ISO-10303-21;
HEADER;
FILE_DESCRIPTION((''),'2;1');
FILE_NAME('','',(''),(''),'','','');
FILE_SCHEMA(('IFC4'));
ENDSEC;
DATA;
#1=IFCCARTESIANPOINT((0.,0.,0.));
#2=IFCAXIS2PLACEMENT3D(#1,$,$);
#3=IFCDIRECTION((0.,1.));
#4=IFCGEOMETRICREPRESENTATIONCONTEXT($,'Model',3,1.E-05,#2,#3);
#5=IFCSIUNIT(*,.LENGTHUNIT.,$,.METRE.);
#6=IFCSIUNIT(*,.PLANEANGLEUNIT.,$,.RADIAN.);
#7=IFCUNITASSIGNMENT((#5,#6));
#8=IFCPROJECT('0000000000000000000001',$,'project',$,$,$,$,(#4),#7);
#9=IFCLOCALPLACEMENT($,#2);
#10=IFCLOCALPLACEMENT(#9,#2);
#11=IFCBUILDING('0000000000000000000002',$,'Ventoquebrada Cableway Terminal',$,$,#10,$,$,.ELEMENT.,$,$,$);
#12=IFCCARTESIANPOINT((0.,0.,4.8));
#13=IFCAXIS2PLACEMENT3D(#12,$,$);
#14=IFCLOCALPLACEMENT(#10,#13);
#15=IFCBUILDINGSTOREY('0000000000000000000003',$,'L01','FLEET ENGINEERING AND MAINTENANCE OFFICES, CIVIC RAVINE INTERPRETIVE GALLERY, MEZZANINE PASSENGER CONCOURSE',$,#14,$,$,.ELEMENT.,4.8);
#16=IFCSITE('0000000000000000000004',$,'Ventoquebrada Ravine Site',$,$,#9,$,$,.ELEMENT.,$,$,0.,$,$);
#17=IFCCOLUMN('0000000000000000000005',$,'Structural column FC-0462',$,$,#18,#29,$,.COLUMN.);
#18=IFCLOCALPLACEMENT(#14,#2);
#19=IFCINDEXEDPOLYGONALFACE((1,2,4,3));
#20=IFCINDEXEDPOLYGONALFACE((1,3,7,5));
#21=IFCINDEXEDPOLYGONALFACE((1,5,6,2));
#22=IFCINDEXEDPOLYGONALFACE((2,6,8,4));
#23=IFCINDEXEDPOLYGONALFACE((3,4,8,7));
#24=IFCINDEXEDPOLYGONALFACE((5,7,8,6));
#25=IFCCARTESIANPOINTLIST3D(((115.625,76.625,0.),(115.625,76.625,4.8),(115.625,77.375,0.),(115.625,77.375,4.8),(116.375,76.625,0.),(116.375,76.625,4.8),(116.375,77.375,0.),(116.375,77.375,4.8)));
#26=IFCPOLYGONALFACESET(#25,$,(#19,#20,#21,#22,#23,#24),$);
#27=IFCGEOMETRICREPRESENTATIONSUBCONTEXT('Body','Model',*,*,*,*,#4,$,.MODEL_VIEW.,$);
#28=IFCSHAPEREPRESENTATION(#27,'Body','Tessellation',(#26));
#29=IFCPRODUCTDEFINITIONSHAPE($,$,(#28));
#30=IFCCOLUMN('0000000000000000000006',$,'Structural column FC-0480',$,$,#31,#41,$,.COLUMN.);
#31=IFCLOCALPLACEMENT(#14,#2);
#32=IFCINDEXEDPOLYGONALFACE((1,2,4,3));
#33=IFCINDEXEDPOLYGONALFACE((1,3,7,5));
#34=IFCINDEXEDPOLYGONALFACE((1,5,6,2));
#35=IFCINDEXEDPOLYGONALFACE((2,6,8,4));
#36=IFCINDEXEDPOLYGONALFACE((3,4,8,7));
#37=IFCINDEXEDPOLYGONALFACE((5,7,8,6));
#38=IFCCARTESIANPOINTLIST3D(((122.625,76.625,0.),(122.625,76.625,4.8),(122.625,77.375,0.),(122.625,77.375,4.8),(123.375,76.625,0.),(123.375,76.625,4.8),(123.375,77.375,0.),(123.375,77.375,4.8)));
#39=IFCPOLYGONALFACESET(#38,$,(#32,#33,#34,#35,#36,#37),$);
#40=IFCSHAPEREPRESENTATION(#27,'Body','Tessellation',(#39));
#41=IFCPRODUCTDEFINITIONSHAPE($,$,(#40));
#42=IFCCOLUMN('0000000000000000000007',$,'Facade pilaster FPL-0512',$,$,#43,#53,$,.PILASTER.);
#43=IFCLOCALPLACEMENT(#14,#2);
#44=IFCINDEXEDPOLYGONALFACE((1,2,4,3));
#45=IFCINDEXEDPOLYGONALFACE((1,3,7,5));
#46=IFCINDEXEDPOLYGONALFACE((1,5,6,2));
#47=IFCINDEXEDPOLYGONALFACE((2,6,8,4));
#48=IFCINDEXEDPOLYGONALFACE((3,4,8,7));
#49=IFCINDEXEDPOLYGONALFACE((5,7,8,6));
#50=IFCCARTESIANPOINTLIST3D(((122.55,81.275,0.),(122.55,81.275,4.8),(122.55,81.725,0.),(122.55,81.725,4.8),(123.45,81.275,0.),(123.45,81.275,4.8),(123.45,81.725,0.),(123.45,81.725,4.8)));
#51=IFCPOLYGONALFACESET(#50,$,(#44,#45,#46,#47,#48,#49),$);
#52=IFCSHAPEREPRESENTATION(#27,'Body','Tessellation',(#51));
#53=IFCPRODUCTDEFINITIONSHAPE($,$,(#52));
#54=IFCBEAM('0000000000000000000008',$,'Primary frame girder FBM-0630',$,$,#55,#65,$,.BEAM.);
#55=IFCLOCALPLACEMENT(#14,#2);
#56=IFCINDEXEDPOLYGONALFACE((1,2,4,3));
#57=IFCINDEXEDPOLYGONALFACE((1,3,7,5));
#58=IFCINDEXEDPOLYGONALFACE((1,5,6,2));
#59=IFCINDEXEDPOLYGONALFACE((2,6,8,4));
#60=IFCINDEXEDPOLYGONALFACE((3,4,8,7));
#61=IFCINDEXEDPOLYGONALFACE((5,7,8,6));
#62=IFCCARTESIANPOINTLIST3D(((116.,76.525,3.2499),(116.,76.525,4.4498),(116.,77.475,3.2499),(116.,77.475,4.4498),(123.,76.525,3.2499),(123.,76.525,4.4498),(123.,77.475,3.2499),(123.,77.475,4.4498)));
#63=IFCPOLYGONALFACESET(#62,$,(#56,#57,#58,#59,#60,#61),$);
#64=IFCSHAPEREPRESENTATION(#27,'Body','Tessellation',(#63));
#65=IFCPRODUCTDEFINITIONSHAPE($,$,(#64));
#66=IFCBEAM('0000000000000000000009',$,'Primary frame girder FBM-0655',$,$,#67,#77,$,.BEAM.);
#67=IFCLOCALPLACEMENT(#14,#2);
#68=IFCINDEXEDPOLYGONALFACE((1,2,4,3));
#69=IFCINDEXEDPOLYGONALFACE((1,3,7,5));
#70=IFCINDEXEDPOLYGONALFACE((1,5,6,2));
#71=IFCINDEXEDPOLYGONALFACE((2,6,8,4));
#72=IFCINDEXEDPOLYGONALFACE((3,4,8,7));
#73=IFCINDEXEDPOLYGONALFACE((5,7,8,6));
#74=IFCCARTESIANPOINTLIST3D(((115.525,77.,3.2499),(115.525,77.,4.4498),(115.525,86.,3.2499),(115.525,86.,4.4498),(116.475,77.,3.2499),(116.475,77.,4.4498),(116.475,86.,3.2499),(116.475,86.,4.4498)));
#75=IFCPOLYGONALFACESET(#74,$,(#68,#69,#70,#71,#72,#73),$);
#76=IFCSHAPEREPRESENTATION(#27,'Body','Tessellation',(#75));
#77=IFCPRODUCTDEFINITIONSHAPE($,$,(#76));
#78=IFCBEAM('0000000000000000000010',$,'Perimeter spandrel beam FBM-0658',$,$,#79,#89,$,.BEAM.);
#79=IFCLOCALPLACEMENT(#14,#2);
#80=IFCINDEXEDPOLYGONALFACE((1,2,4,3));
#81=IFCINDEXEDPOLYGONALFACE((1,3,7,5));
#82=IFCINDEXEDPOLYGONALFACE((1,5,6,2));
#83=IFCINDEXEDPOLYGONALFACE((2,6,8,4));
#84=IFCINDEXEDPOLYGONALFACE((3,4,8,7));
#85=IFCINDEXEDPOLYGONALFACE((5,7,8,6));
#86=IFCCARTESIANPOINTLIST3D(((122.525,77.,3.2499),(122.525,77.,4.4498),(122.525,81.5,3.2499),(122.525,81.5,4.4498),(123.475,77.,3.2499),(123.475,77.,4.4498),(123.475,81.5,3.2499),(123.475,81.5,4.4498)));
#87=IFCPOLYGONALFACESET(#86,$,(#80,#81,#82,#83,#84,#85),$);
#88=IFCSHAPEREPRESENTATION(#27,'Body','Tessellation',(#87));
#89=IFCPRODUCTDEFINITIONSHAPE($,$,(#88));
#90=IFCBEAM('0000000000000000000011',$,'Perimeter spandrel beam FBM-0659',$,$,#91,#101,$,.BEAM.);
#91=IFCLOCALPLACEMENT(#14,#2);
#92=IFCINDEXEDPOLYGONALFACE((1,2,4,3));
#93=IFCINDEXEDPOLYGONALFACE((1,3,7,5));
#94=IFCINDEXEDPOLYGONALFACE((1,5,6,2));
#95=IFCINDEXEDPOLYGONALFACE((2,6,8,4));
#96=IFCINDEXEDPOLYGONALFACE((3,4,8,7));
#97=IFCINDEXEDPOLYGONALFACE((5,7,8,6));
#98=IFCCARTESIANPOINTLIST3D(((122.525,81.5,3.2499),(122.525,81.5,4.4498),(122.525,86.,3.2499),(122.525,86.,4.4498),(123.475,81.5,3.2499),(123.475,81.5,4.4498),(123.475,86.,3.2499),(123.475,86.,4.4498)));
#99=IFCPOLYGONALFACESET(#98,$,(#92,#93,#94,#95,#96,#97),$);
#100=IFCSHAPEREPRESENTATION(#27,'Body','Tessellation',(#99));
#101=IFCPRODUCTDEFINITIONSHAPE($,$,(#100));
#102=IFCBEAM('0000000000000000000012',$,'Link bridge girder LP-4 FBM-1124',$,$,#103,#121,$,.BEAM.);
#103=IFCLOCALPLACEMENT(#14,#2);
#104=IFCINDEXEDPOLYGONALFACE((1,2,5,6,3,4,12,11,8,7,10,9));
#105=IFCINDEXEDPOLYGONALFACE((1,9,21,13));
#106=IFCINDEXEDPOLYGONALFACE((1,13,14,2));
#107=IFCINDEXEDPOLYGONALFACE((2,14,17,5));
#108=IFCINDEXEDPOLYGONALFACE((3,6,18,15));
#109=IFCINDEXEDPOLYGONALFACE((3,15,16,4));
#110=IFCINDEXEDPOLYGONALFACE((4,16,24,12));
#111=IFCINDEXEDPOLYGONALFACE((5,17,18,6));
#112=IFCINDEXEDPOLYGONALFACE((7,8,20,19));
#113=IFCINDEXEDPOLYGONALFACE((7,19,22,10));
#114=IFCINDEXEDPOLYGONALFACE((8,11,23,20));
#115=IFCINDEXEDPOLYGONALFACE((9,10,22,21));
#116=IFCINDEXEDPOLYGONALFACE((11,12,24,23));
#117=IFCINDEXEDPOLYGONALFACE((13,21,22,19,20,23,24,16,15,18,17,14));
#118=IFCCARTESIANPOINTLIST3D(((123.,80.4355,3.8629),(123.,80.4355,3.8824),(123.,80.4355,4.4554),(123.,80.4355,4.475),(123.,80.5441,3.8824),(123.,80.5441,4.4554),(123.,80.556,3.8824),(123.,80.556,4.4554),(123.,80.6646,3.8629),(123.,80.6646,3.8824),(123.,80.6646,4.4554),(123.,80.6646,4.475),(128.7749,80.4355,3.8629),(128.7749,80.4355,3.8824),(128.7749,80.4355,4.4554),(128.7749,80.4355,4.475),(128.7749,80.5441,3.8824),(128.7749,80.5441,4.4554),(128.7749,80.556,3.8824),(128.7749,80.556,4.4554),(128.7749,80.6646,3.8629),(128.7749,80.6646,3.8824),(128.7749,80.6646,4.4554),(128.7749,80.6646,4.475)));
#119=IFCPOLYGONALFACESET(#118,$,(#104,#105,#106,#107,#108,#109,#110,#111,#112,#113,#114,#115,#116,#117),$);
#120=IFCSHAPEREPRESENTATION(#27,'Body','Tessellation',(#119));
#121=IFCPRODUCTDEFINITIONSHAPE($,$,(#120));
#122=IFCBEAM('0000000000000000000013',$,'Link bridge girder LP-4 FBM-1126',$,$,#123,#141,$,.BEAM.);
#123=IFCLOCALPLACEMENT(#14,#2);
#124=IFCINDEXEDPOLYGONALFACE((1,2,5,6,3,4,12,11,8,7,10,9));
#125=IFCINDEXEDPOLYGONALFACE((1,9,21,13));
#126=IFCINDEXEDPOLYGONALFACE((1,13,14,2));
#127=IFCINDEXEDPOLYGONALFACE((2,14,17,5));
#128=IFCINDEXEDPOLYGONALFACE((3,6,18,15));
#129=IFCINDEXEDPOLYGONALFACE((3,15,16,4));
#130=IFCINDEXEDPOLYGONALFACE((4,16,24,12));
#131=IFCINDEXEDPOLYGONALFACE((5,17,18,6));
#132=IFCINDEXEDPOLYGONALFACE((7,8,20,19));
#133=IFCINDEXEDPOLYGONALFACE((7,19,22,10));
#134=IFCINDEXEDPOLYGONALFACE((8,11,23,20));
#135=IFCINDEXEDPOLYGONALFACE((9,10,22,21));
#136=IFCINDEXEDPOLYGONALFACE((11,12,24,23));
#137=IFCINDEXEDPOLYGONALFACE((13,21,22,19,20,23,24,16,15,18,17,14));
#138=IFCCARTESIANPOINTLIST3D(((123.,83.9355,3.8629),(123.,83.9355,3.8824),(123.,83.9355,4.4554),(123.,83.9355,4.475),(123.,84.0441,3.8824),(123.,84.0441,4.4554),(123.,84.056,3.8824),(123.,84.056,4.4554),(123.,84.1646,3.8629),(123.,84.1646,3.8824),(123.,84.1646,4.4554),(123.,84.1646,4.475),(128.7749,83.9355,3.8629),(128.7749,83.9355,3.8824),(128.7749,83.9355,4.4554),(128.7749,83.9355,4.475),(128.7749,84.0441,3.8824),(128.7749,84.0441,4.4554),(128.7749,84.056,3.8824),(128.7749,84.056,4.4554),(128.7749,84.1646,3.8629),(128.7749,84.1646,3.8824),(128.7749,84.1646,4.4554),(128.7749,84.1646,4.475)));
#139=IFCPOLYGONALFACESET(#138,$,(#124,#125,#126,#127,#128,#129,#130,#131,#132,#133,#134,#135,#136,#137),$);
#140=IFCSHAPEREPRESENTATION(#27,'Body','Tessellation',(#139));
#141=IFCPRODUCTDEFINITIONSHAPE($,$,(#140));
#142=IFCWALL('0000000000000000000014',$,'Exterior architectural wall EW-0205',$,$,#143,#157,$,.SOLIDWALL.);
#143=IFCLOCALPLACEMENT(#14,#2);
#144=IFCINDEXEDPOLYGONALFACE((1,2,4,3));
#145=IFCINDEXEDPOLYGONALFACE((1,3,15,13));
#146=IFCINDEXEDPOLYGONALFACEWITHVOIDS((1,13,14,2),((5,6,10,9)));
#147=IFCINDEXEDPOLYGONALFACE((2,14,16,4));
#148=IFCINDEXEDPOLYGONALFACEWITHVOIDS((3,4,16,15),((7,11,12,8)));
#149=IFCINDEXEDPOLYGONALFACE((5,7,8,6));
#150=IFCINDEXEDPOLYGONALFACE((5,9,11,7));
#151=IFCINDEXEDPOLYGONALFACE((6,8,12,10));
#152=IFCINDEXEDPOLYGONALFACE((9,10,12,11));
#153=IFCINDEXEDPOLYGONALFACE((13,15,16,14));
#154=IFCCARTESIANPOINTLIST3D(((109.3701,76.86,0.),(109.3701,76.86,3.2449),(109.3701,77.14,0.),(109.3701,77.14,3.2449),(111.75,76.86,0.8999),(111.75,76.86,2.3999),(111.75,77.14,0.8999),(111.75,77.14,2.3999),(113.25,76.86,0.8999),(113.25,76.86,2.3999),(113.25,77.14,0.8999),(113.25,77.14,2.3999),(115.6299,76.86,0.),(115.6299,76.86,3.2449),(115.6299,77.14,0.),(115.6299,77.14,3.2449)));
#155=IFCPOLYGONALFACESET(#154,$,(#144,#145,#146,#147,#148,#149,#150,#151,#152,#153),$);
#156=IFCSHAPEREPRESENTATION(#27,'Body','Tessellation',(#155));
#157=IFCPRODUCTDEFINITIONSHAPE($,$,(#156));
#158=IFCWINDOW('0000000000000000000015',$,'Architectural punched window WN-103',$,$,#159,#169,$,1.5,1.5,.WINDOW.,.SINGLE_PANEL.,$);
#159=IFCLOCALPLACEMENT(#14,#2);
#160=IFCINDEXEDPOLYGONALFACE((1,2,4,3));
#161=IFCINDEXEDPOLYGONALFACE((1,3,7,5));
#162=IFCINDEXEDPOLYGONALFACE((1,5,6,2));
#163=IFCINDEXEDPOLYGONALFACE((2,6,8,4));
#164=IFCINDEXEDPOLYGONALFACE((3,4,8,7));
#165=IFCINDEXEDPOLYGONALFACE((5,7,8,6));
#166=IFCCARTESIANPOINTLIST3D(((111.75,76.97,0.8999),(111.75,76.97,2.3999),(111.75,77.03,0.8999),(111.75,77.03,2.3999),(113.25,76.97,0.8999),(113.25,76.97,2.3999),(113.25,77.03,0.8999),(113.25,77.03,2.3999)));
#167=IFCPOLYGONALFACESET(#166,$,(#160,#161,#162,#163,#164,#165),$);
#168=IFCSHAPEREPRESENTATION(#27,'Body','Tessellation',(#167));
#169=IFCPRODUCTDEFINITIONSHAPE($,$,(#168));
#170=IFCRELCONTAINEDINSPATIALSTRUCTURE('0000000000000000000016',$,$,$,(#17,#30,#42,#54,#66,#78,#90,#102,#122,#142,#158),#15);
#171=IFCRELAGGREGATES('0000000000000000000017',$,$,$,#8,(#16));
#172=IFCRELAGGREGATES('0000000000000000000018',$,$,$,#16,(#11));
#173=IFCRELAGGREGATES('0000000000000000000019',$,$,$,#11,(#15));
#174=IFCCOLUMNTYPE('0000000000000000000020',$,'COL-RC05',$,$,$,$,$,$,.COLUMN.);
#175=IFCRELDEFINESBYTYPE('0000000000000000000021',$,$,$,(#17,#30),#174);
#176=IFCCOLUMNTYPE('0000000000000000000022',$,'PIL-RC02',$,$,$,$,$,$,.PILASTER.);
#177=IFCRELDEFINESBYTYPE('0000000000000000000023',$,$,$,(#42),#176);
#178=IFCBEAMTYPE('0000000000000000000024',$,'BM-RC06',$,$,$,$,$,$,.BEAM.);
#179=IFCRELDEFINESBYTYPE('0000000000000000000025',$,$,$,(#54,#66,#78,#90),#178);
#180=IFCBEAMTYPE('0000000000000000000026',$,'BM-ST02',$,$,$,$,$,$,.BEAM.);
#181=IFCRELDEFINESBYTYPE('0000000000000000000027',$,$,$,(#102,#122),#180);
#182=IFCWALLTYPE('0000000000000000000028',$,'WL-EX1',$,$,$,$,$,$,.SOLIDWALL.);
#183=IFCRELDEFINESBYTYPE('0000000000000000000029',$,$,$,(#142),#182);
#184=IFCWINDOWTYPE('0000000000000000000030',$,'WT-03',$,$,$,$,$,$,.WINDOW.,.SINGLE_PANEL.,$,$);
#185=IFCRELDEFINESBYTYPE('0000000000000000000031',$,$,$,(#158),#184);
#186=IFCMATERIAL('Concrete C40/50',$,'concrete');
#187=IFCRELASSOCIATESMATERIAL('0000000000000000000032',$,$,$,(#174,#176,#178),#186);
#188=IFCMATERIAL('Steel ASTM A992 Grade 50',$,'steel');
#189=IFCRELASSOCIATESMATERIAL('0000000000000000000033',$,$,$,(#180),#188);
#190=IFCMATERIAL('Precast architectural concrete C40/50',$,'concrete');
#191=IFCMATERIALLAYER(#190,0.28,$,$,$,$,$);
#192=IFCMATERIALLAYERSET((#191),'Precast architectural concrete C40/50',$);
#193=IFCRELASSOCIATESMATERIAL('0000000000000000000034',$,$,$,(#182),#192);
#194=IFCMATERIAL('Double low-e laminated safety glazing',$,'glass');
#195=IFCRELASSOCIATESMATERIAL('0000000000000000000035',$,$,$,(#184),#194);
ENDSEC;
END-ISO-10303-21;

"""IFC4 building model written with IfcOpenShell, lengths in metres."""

from ifc_helpers import new_model, si_unit, direction, frame, frame_2d, origin, origin_2d, place, context, subcontext, project, spatial, rectangle, i_section, extrude, material, layer, layer_set, material_profile, profile_set, type_object, element, fill, save


model = new_model("IFC4")

# Units and contexts
model_context = context("Model", 3, precision=1e-05, world=origin(), true_north=direction((0.0, 1.0)))
body_context = subcontext(model_context, "Body", "Model", "MODEL_VIEW")
ifc_project = project(units=[si_unit("LENGTHUNIT", "METRE"), si_unit("PLANEANGLEUNIT", "RADIAN")], contexts=[model_context])

# Site, building, storey
site_placement = place(None, origin())
site = spatial("IfcSite", under=ifc_project, at=site_placement, Name="Ventoquebrada Ravine Site", CompositionType="ELEMENT", RefElevation=0.0)
building_placement = place(site_placement, origin())
building = spatial("IfcBuilding", under=site, at=building_placement, Name="Ventoquebrada Cableway Terminal", CompositionType="ELEMENT")
storey_placement = place(building_placement, frame((0.0, 0.0, 4.8)))
storey = spatial("IfcBuildingStorey", under=building, at=storey_placement, Name="L01", Description="FLEET ENGINEERING AND MAINTENANCE OFFICES, CIVIC RAVINE INTERPRETIVE GALLERY, MEZZANINE PASSENGER CONCOURSE", CompositionType="ELEMENT", Elevation=4.8)

# Columns
ifc_material_1 = material(Name="Concrete C40/50", Category="concrete")
ifc_material_profile_1 = material_profile(ifc_material_1, rectangle(XDim=0.75, YDim=0.75, at=origin_2d()), Name="RC-COL-750X750")
ifc_profile_set_1 = profile_set([ifc_material_profile_1], Name="Concrete C40/50")
column_type_1 = type_object("IfcColumnType", Name="COL-RC05", PredefinedType="COLUMN", material=ifc_profile_set_1)
for number, where, z_axis, x_axis, name in (
    (1, (116.0, 77.0, 0.0), (0.0, 0.0, 1.0), (1.0, 0.0, 0.0), "Structural column FC-0462"),
    (2, (123.0, 77.0, 0.0), (0.0, 0.0, 1.0), (1.0, 0.0, 0.0), "Structural column FC-0480"),
):
    element("IfcColumn", number, at=place(storey_placement, frame(where, z_axis=z_axis, x_axis=x_axis)), inside=storey, type_object=column_type_1, Name=name, PredefinedType="COLUMN", context=body_context, shape_type="SweptSolid", body=[
        extrude(rectangle(XDim=0.75, YDim=0.75, at=origin_2d()), origin(), (0.0, 0.0, 1.0), 4.8),
    ])
ifc_material_profile_2 = material_profile(ifc_material_1, rectangle(XDim=0.45, YDim=0.8999, at=origin_2d()), Name="RC-PIL-450X900")
ifc_profile_set_2 = profile_set([ifc_material_profile_2], Name="Concrete C40/50")
column_type_2 = type_object("IfcColumnType", Name="PIL-RC02", PredefinedType="PILASTER", material=ifc_profile_set_2)
column_placement = place(storey_placement, frame((123.0, 81.5, 0.0), z_axis=(0.0, 0.0, 1.0), x_axis=(0.0, 1.0, 0.0)))
element("IfcColumn", 3, at=column_placement, inside=storey, type_object=column_type_2, Name="Facade pilaster FPL-0512", PredefinedType="PILASTER", context=body_context, shape_type="SweptSolid", body=[
    extrude(rectangle(XDim=0.45, YDim=0.8999, at=origin_2d()), origin(), (0.0, 0.0, 1.0), 4.8),
])

# Beams
ifc_material_profile_3 = material_profile(ifc_material_1, rectangle(XDim=0.95, YDim=1.2, at=origin_2d()), Name="RC-BM-950X1200")
ifc_profile_set_3 = profile_set([ifc_material_profile_3], Name="Concrete C40/50")
beam_type_1 = type_object("IfcBeamType", Name="BM-RC06", PredefinedType="BEAM", material=ifc_profile_set_3)
beam_1_placement = place(storey_placement, frame((116.0, 77.0, 3.8499), z_axis=(1.0, 0.0, 0.0), x_axis=(0.0, 1.0, 0.0)))
element("IfcBeam", 4, at=beam_1_placement, inside=storey, type_object=beam_type_1, Name="Primary frame girder FBM-0630", PredefinedType="BEAM", context=body_context, shape_type="SweptSolid", body=[
    extrude(rectangle(XDim=0.95, YDim=1.2, at=origin_2d()), origin(), (0.0, 0.0, 1.0), 7.0),
])
beam_2_placement = place(storey_placement, frame((116.0, 77.0, 3.8499), z_axis=(0.0, 1.0, 0.0), x_axis=(-1.0, 0.0, 0.0)))
element("IfcBeam", 5, at=beam_2_placement, inside=storey, type_object=beam_type_1, Name="Primary frame girder FBM-0655", PredefinedType="BEAM", context=body_context, shape_type="SweptSolid", body=[
    extrude(rectangle(XDim=0.95, YDim=1.2, at=origin_2d()), origin(), (0.0, 0.0, 1.0), 9.0),
])
for number, where, z_axis, x_axis, name in (
    (6, (123.0, 77.0, 3.8499), (0.0, 1.0, 0.0), (-1.0, 0.0, 0.0), "Perimeter spandrel beam FBM-0658"),
    (7, (123.0, 81.5, 3.8499), (0.0, 1.0, 0.0), (-1.0, 0.0, 0.0), "Perimeter spandrel beam FBM-0659"),
):
    element("IfcBeam", number, at=place(storey_placement, frame(where, z_axis=z_axis, x_axis=x_axis)), inside=storey, type_object=beam_type_1, Name=name, PredefinedType="BEAM", context=body_context, shape_type="SweptSolid", body=[
        extrude(rectangle(XDim=0.95, YDim=1.2, at=origin_2d()), origin(), (0.0, 0.0, 1.0), 4.5),
    ])
ifc_material_2 = material(Name="Steel ASTM A992 Grade 50", Category="steel")
ifc_material_profile_4 = material_profile(ifc_material_2, i_section(OverallWidth=0.229, OverallDepth=0.6121, WebThickness=0.012, FlangeThickness=0.0195, at=origin_2d()), Name="W24X84")
ifc_profile_set_4 = profile_set([ifc_material_profile_4], Name="Steel ASTM A992 Grade 50")
beam_type_2 = type_object("IfcBeamType", Name="BM-ST02", PredefinedType="BEAM", material=ifc_profile_set_4)
for number, where, z_axis, x_axis, name in (
    (8, (123.0, 80.55, 4.1689), (1.0, 0.0, 0.0), (0.0, 1.0, 0.0), "Link bridge girder LP-4 FBM-1124"),
    (9, (123.0, 84.05, 4.1689), (1.0, 0.0, 0.0), (0.0, 1.0, 0.0), "Link bridge girder LP-4 FBM-1126"),
):
    element("IfcBeam", number, at=place(storey_placement, frame(where, z_axis=z_axis, x_axis=x_axis)), inside=storey, type_object=beam_type_2, Name=name, PredefinedType="BEAM", context=body_context, shape_type="SweptSolid", body=[
        extrude(i_section(OverallWidth=0.229, OverallDepth=0.6121, WebThickness=0.012, FlangeThickness=0.0195, at=origin_2d()), origin(), (0.0, 0.0, 1.0), 5.7749),
    ])

# Wall, opening, window
ifc_material_3 = material(Name="Precast architectural concrete C40/50", Category="concrete")
ifc_layer_1 = layer(ifc_material_3, 0.28)
ifc_layer_set_1 = layer_set([ifc_layer_1], Name="Precast architectural concrete C40/50")
wall_type_1 = type_object("IfcWallType", Name="WL-EX1", PredefinedType="SOLIDWALL", material=ifc_layer_set_1)
wall_1_placement = place(storey_placement, frame((109.3701, 77.0, 0.0), z_axis=(0.0, 0.0, 1.0), x_axis=(1.0, 0.0, 0.0)))
wall_1 = element("IfcWall", 10, at=wall_1_placement, inside=storey, type_object=wall_type_1, Name="Exterior architectural wall EW-0205", PredefinedType="SOLIDWALL", context=body_context, shape_type="SweptSolid", body=[
    extrude(rectangle(XDim=6.2598, YDim=0.28, at=frame_2d((3.1299, 0.0))), origin(), (0.0, 0.0, 1.0), 3.2449),
])
opening_1_placement = place(wall_1_placement, frame((2.3799, 0.0, 0.8999)))
opening_1 = element("IfcOpeningElement", 11, at=opening_1_placement, cuts=wall_1, PredefinedType="OPENING", context=body_context, shape_type="SweptSolid", body=[
    extrude(rectangle(XDim=1.5, YDim=1.5, at=frame_2d((0.75, 0.75))), frame((0.0, 0.1499, 0.0), z_axis=(0.0, -1.0, 0.0), x_axis=(1.0, 0.0, 0.0)), (0.0, 0.0, 1.0), 0.3),
])
ifc_material_4 = material(Name="Double low-e laminated safety glazing", Category="glass")
window_type_1 = type_object("IfcWindowType", Name="WT-03", PartitioningType="SINGLE_PANEL", PredefinedType="WINDOW", material=ifc_material_4)
window_1_placement = place(opening_1_placement, origin())
window_1 = element("IfcWindow", 12, at=window_1_placement, inside=storey, type_object=window_type_1, Name="Architectural punched window WN-103", OverallHeight=1.5, OverallWidth=1.5, PartitioningType="SINGLE_PANEL", PredefinedType="WINDOW", context=body_context, shape_type="SweptSolid", body=[
    extrude(rectangle(XDim=1.5, YDim=1.5, at=frame_2d((0.75, 0.75))), frame((0.0, 0.03, 0.0), z_axis=(0.0, -1.0, 0.0), x_axis=(1.0, 0.0, 0.0)), (0.0, 0.0, 1.0), 0.0601),
])
fill(opening_1, window_1)

save(model, "model.ifc")
